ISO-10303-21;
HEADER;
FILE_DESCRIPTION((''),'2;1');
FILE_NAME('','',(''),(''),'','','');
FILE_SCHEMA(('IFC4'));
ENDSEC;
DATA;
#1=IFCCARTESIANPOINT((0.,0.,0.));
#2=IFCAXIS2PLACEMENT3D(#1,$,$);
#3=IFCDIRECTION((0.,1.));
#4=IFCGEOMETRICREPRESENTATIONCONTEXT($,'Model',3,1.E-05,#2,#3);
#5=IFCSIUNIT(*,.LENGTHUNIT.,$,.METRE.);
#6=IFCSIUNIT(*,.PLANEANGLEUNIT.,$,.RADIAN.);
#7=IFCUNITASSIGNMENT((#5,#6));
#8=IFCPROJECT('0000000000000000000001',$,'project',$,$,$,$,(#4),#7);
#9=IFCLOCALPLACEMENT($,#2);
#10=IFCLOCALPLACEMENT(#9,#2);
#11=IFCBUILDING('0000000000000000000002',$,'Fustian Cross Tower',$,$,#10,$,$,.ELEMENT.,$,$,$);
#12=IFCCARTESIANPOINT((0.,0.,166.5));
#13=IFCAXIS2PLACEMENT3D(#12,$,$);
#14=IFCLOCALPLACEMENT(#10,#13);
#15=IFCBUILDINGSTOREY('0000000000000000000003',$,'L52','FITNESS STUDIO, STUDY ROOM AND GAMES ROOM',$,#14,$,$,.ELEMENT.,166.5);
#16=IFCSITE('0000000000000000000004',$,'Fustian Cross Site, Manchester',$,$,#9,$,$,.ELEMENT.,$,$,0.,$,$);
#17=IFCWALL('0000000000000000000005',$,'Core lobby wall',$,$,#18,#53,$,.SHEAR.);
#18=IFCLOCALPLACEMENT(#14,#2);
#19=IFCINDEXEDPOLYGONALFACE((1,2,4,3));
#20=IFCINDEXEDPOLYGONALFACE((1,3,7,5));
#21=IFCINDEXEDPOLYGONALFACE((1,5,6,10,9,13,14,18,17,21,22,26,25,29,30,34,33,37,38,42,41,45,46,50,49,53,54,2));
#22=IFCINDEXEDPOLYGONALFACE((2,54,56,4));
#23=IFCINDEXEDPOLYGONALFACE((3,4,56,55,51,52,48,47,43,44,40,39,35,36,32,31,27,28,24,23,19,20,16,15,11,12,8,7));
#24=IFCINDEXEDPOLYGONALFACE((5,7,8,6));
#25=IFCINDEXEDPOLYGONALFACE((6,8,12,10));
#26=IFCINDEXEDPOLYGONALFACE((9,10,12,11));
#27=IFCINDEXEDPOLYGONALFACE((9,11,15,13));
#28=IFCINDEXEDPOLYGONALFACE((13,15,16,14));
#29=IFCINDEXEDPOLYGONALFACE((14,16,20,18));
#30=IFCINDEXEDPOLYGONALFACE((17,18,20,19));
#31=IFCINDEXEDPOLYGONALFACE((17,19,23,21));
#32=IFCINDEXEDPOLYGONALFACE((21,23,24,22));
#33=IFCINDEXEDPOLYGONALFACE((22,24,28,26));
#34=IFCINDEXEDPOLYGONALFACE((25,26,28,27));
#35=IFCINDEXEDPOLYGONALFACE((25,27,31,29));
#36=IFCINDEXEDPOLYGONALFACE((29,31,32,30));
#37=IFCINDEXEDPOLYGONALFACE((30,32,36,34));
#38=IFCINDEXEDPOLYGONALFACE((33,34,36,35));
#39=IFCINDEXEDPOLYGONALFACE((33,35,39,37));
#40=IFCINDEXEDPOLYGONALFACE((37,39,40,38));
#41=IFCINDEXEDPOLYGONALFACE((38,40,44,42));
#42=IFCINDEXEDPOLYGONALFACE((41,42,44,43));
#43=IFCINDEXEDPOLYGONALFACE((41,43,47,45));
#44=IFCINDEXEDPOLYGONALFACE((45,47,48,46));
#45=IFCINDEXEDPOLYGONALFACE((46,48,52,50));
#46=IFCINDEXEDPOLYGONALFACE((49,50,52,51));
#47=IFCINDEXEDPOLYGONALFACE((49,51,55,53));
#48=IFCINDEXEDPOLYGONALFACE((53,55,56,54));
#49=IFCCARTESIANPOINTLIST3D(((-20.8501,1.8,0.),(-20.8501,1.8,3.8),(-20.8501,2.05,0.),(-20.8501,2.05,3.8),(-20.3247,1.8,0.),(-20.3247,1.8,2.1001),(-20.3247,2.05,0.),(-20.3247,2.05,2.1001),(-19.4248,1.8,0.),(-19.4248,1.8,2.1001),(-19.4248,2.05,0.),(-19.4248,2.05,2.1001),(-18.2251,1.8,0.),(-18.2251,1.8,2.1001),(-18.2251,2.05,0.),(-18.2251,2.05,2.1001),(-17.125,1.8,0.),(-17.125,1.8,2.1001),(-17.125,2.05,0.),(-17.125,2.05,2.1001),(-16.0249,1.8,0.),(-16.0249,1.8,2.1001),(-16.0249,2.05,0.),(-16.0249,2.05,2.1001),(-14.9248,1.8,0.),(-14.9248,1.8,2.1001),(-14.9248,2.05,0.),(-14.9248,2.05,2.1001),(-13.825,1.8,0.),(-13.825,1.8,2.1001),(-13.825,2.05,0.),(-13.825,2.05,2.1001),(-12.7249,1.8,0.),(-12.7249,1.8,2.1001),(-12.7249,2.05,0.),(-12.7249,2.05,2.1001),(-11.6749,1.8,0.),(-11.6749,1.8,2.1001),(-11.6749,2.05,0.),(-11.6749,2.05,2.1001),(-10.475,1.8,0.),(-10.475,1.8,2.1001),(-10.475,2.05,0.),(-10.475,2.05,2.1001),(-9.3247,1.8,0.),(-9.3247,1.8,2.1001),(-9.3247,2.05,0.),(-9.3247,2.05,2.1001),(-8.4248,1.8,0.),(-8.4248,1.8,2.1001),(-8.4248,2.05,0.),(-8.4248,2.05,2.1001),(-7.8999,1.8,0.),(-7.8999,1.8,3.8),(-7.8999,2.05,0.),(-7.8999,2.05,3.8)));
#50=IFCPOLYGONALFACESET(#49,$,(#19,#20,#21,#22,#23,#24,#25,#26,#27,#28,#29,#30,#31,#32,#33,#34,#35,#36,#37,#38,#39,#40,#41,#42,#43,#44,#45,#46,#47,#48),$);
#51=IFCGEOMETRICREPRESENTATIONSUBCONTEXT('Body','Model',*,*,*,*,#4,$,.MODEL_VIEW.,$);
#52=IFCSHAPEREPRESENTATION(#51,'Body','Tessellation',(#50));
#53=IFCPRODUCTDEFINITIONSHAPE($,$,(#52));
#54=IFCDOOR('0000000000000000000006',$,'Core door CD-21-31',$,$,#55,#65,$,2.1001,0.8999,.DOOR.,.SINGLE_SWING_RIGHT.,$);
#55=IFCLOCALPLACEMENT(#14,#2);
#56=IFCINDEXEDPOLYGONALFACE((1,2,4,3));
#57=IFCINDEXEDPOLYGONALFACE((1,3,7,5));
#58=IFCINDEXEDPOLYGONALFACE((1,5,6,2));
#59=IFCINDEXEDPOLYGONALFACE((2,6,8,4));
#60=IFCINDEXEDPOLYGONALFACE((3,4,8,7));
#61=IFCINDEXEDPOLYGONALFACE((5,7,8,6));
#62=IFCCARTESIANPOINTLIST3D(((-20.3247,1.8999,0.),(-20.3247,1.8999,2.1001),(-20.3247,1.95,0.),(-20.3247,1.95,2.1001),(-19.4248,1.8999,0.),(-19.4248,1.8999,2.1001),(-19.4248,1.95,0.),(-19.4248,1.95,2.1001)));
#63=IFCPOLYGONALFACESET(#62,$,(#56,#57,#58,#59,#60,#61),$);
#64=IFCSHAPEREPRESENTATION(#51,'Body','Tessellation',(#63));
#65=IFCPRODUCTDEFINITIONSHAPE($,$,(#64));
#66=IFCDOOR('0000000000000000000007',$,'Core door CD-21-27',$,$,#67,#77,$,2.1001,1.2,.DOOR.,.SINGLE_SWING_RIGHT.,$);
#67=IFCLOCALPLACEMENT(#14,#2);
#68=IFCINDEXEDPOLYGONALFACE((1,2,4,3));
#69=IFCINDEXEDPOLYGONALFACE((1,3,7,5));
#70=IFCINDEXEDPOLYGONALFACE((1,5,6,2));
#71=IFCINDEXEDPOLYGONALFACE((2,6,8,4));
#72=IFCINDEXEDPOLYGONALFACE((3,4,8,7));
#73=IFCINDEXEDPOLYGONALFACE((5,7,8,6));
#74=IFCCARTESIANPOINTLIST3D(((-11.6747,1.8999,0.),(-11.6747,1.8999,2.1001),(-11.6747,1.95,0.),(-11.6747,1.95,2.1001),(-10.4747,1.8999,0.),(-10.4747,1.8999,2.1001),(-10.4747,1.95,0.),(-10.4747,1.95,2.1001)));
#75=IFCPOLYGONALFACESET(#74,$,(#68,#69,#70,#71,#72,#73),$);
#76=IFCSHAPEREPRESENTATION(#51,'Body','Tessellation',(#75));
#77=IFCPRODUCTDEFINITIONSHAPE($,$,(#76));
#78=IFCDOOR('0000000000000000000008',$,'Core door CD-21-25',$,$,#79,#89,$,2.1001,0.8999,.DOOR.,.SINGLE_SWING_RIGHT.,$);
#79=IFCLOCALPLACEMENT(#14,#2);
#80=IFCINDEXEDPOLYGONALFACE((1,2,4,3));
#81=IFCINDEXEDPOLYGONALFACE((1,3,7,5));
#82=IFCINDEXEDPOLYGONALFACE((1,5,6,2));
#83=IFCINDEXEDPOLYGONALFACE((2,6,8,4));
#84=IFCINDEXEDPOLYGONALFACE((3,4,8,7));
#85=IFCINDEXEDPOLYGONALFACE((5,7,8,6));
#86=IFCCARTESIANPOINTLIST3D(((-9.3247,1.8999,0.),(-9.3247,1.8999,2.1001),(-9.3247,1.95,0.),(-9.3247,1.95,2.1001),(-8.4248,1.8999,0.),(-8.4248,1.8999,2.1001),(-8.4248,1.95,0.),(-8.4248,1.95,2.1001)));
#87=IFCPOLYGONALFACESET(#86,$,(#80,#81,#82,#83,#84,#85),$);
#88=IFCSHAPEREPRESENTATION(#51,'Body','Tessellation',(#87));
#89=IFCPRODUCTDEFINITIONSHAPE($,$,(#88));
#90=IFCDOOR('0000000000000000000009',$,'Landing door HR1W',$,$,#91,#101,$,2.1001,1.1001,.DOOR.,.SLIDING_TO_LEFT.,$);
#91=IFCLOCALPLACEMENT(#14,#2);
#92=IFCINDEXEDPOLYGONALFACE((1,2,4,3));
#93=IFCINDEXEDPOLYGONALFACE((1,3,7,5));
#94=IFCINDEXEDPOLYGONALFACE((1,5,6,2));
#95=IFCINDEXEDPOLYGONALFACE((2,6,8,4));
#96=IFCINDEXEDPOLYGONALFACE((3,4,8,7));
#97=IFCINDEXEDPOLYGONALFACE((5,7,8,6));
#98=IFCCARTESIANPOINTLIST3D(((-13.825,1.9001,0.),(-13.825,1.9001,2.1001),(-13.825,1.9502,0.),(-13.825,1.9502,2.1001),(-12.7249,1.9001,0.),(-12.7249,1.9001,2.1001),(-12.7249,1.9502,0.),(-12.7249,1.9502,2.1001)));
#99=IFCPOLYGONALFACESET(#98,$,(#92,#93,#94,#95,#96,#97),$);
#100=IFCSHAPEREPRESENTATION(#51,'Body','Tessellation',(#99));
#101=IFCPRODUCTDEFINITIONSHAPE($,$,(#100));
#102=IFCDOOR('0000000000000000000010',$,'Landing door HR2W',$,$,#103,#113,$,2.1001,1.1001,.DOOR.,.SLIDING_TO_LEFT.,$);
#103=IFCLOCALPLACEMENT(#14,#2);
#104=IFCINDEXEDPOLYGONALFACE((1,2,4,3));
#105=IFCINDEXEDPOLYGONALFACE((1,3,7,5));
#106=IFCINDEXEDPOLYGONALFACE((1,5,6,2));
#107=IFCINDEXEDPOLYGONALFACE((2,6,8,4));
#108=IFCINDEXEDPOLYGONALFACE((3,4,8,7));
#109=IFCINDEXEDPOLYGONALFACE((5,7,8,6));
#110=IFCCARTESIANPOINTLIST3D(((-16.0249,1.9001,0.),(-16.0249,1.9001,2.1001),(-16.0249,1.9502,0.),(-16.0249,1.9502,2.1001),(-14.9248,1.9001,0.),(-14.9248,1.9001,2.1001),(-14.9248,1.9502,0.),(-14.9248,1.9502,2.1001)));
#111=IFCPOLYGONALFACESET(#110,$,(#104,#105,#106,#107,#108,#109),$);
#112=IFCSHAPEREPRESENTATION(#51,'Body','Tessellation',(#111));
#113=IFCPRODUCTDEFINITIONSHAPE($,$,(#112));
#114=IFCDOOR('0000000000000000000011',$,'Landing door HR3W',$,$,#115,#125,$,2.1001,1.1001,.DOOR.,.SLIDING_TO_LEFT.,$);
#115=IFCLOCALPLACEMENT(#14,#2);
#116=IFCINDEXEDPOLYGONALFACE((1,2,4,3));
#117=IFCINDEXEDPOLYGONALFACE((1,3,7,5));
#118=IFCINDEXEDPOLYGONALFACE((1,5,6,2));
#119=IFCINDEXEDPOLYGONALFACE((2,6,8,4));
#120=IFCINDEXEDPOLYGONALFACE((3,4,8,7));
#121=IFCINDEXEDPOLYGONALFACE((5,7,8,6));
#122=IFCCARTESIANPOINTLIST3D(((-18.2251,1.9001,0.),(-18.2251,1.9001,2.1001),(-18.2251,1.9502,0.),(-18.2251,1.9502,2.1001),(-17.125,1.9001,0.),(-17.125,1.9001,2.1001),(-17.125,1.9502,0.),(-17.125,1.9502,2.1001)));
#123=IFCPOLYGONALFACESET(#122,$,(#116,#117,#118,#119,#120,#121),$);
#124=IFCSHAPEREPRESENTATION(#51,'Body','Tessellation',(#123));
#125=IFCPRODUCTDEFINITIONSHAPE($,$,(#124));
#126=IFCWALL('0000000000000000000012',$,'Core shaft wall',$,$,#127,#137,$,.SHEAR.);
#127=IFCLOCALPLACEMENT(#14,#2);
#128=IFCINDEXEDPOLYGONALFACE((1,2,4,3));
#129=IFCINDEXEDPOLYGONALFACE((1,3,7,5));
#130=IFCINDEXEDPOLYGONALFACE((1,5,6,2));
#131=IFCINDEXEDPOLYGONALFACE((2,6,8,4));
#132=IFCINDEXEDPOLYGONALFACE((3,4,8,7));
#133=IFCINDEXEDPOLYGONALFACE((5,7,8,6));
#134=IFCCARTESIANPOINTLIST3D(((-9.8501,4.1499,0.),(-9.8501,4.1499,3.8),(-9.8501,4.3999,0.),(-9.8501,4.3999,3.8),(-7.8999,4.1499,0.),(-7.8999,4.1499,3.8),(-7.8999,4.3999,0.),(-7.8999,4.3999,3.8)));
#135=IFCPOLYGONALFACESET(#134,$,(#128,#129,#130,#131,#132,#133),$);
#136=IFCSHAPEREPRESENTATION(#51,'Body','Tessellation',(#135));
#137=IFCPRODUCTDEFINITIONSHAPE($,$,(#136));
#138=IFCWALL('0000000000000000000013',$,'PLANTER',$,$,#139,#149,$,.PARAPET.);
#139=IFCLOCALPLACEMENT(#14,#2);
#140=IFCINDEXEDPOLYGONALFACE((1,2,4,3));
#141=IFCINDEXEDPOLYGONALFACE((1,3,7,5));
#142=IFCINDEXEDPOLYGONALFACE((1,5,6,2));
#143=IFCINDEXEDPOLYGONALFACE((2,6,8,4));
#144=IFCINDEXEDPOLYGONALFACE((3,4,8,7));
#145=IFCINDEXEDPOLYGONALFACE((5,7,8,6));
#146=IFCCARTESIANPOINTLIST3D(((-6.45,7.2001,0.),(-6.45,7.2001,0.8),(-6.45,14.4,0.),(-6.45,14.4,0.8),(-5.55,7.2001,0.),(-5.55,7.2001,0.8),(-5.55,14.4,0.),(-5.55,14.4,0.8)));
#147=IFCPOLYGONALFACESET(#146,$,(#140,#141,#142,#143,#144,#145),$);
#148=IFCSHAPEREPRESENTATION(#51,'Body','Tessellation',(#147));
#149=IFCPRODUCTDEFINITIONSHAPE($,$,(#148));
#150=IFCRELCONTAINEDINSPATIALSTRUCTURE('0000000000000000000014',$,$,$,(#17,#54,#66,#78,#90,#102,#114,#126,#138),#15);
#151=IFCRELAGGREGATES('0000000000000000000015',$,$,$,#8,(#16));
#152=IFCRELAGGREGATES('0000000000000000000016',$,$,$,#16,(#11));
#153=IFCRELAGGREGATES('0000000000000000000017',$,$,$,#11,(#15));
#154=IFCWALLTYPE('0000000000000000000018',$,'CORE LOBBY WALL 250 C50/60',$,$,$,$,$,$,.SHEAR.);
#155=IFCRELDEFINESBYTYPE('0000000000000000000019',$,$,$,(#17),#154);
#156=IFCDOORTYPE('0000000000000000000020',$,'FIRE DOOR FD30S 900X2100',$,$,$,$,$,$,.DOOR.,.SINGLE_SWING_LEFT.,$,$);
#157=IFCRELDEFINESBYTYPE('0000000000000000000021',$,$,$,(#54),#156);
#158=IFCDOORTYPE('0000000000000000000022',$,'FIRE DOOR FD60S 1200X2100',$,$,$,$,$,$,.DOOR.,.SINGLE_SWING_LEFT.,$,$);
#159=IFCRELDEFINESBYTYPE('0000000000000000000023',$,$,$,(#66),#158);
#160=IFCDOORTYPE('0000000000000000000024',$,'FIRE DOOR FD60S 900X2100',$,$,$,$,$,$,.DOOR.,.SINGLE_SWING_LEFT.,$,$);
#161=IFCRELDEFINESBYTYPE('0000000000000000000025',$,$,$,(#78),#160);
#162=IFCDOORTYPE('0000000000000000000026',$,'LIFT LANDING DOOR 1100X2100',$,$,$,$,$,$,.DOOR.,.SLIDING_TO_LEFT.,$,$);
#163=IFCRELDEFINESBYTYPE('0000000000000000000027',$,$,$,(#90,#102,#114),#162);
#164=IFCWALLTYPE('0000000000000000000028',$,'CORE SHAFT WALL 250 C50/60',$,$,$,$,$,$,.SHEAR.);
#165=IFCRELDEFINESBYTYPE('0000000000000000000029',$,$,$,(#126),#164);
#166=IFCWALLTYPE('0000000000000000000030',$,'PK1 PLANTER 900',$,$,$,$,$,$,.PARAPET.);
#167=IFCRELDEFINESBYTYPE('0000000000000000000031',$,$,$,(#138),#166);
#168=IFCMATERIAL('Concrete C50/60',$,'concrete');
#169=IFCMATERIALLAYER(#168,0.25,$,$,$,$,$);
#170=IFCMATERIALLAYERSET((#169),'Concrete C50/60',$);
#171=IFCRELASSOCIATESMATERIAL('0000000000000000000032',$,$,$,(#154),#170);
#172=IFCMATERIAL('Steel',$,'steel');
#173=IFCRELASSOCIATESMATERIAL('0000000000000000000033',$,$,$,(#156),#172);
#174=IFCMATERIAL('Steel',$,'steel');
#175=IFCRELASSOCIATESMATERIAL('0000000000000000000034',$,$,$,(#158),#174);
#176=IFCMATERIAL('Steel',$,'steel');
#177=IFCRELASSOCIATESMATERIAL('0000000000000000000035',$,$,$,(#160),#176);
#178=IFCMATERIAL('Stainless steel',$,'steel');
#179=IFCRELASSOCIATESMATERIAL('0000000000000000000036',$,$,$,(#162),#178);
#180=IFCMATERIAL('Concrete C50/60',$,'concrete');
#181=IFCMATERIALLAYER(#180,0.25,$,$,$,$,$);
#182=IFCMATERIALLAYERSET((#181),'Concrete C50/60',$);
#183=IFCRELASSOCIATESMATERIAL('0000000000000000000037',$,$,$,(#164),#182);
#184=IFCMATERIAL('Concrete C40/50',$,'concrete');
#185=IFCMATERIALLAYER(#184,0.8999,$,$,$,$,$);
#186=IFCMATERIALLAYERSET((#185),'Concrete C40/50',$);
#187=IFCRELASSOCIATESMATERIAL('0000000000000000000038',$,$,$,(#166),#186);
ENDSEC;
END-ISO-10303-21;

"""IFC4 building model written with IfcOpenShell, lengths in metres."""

from ifc_helpers import new_model, si_unit, direction, frame, frame_2d, origin, place, context, subcontext, project, spatial, rectangle, extrude, material, layer, layer_set, type_object, element, fill, save


model = new_model("IFC4")

# Units and contexts
model_context = context("Model", 3, precision=1e-05, world=origin(), true_north=direction((0.0, 1.0)))
body_context = subcontext(model_context, "Body", "Model", "MODEL_VIEW")
ifc_project = project(units=[si_unit("LENGTHUNIT", "METRE"), si_unit("PLANEANGLEUNIT", "RADIAN")], contexts=[model_context])

# Site, building, storey
site_placement = place(None, origin())
site = spatial("IfcSite", under=ifc_project, at=site_placement, Name="Fustian Cross Site, Manchester", CompositionType="ELEMENT", RefElevation=0.0)
building_placement = place(site_placement, origin())
building = spatial("IfcBuilding", under=site, at=building_placement, Name="Fustian Cross Tower", CompositionType="ELEMENT")
storey_placement = place(building_placement, frame((0.0, 0.0, 166.5)))
storey = spatial("IfcBuildingStorey", under=building, at=storey_placement, Name="L52", Description="FITNESS STUDIO, STUDY ROOM AND GAMES ROOM", CompositionType="ELEMENT", Elevation=166.5)

# Wall, openings, doors
ifc_material_1 = material(Name="Concrete C50/60", Category="concrete")
ifc_layer_1 = layer(ifc_material_1, 0.25)
ifc_layer_set_1 = layer_set([ifc_layer_1], Name="Concrete C50/60")
wall_type_1 = type_object("IfcWallType", Name="CORE LOBBY WALL 250 C50/60", PredefinedType="SHEAR", material=ifc_layer_set_1)
wall_1_placement = place(storey_placement, frame((-7.8999, 1.925, 0.0), z_axis=(0.0, 0.0, 1.0), x_axis=(-1.0, 0.0, 0.0)))
wall_1 = element("IfcWall", 1, at=wall_1_placement, inside=storey, type_object=wall_type_1, Name="Core lobby wall", PredefinedType="SHEAR", context=body_context, shape_type="SweptSolid", body=[
    extrude(rectangle(XDim=12.9502, YDim=0.25, at=frame_2d((6.4751, 0.0))), origin(), (0.0, 0.0, 1.0), 3.8),
])
opening_1_placement = place(wall_1_placement, frame((4.825, 0.0, 0.0)))
opening_1 = element("IfcOpeningElement", 2, at=opening_1_placement, cuts=wall_1, PredefinedType="OPENING", context=body_context, shape_type="SweptSolid", body=[
    extrude(rectangle(XDim=1.1001, YDim=2.1001, at=frame_2d((0.55, 1.05))), frame((0.0, 0.135, 0.0), z_axis=(0.0, -1.0, 0.0), x_axis=(1.0, 0.0, 0.0)), (0.0, 0.0, 1.0), 0.27),
])
opening_2_placement = place(wall_1_placement, frame((7.0249, 0.0, 0.0)))
opening_2 = element("IfcOpeningElement", 3, at=opening_2_placement, cuts=wall_1, PredefinedType="OPENING", context=body_context, shape_type="SweptSolid", body=[
    extrude(rectangle(XDim=1.1001, YDim=2.1001, at=frame_2d((0.55, 1.05))), frame((0.0, 0.135, 0.0), z_axis=(0.0, -1.0, 0.0), x_axis=(1.0, 0.0, 0.0)), (0.0, 0.0, 1.0), 0.27),
])
opening_3_placement = place(wall_1_placement, frame((9.2251, 0.0, 0.0)))
opening_3 = element("IfcOpeningElement", 4, at=opening_3_placement, cuts=wall_1, PredefinedType="OPENING", context=body_context, shape_type="SweptSolid", body=[
    extrude(rectangle(XDim=1.1001, YDim=2.1001, at=frame_2d((0.55, 1.05))), frame((0.0, 0.135, 0.0), z_axis=(0.0, -1.0, 0.0), x_axis=(1.0, 0.0, 0.0)), (0.0, 0.0, 1.0), 0.27),
])
opening_4_placement = place(wall_1_placement, frame((0.5249, 0.0, 0.0)))
opening_4 = element("IfcOpeningElement", 5, at=opening_4_placement, cuts=wall_1, PredefinedType="OPENING", context=body_context, shape_type="SweptSolid", body=[
    extrude(rectangle(XDim=0.8999, YDim=2.1001, at=frame_2d((0.45, 1.05))), frame((0.0, 0.135, 0.0), z_axis=(0.0, -1.0, 0.0), x_axis=(1.0, 0.0, 0.0)), (0.0, 0.0, 1.0), 0.27),
])
opening_5_placement = place(wall_1_placement, frame((2.575, 0.0, 0.0)))
opening_5 = element("IfcOpeningElement", 6, at=opening_5_placement, cuts=wall_1, PredefinedType="OPENING", context=body_context, shape_type="SweptSolid", body=[
    extrude(rectangle(XDim=1.2, YDim=2.1001, at=frame_2d((0.6001, 1.05))), frame((0.0, 0.135, 0.0), z_axis=(0.0, -1.0, 0.0), x_axis=(1.0, 0.0, 0.0)), (0.0, 0.0, 1.0), 0.27),
])
opening_6_placement = place(wall_1_placement, frame((11.5249, 0.0, 0.0)))
opening_6 = element("IfcOpeningElement", 7, at=opening_6_placement, cuts=wall_1, PredefinedType="OPENING", context=body_context, shape_type="SweptSolid", body=[
    extrude(rectangle(XDim=0.8999, YDim=2.1001, at=frame_2d((0.45, 1.05))), frame((0.0, 0.135, 0.0), z_axis=(0.0, -1.0, 0.0), x_axis=(1.0, 0.0, 0.0)), (0.0, 0.0, 1.0), 0.27),
])
ifc_material_2 = material(Name="Steel", Category="steel")
door_type_1 = type_object("IfcDoorType", Name="FIRE DOOR FD30S 900X2100", OperationType="SINGLE_SWING_LEFT", PredefinedType="DOOR", material=ifc_material_2)
door_1_placement = place(opening_6_placement, frame((0.8999, 0.0, 0.0), z_axis=(0.0, 0.0, 1.0), x_axis=(-1.0, 0.0, 0.0)))
door_1 = element("IfcDoor", 8, at=door_1_placement, inside=storey, type_object=door_type_1, Name="Core door CD-21-31", OperationType="SINGLE_SWING_RIGHT", OverallHeight=2.1001, OverallWidth=0.8999, PredefinedType="DOOR", context=body_context, shape_type="SweptSolid", body=[
    extrude(rectangle(XDim=0.8999, YDim=2.1001, at=frame_2d((0.45, 1.05))), frame((0.0, 0.0249, 0.0), z_axis=(0.0, -1.0, 0.0), x_axis=(1.0, 0.0, 0.0)), (0.0, 0.0, 1.0), 0.05),
])
fill(opening_6, door_1)
ifc_material_3 = material(Name="Steel", Category="steel")
door_type_2 = type_object("IfcDoorType", Name="FIRE DOOR FD60S 1200X2100", OperationType="SINGLE_SWING_LEFT", PredefinedType="DOOR", material=ifc_material_3)
door_2_placement = place(opening_5_placement, frame((1.2, 0.0, 0.0), z_axis=(0.0, 0.0, 1.0), x_axis=(-1.0, 0.0, 0.0)))
door_2 = element("IfcDoor", 9, at=door_2_placement, inside=storey, type_object=door_type_2, Name="Core door CD-21-27", OperationType="SINGLE_SWING_RIGHT", OverallHeight=2.1001, OverallWidth=1.2, PredefinedType="DOOR", context=body_context, shape_type="SweptSolid", body=[
    extrude(rectangle(XDim=1.2, YDim=2.1001, at=frame_2d((0.6001, 1.05))), frame((0.0, 0.0249, 0.0), z_axis=(0.0, -1.0, 0.0), x_axis=(1.0, 0.0, 0.0)), (0.0, 0.0, 1.0), 0.05),
])
fill(opening_5, door_2)
ifc_material_4 = material(Name="Steel", Category="steel")
door_type_3 = type_object("IfcDoorType", Name="FIRE DOOR FD60S 900X2100", OperationType="SINGLE_SWING_LEFT", PredefinedType="DOOR", material=ifc_material_4)
door_3_placement = place(opening_4_placement, frame((0.8999, 0.0, 0.0), z_axis=(0.0, 0.0, 1.0), x_axis=(-1.0, 0.0, 0.0)))
door_3 = element("IfcDoor", 10, at=door_3_placement, inside=storey, type_object=door_type_3, Name="Core door CD-21-25", OperationType="SINGLE_SWING_RIGHT", OverallHeight=2.1001, OverallWidth=0.8999, PredefinedType="DOOR", context=body_context, shape_type="SweptSolid", body=[
    extrude(rectangle(XDim=0.8999, YDim=2.1001, at=frame_2d((0.45, 1.05))), frame((0.0, 0.0249, 0.0), z_axis=(0.0, -1.0, 0.0), x_axis=(1.0, 0.0, 0.0)), (0.0, 0.0, 1.0), 0.05),
])
fill(opening_4, door_3)
ifc_material_5 = material(Name="Stainless steel", Category="steel")
door_type_4 = type_object("IfcDoorType", Name="LIFT LANDING DOOR 1100X2100", OperationType="SLIDING_TO_LEFT", PredefinedType="DOOR", material=ifc_material_5)
door_4_placement = place(opening_1_placement, origin())
door_4 = element("IfcDoor", 11, at=door_4_placement, inside=storey, type_object=door_type_4, Name="Landing door HR1W", OperationType="SLIDING_TO_LEFT", OverallHeight=2.1001, OverallWidth=1.1001, PredefinedType="DOOR", context=body_context, shape_type="SweptSolid", body=[
    extrude(rectangle(XDim=1.1001, YDim=2.1001, at=frame_2d((0.55, 1.05))), frame((0.0, 0.0249, 0.0), z_axis=(0.0, -1.0, 0.0), x_axis=(1.0, 0.0, 0.0)), (0.0, 0.0, 1.0), 0.05),
])
fill(opening_1, door_4)
door_5_placement = place(opening_2_placement, origin())
door_5 = element("IfcDoor", 12, at=door_5_placement, inside=storey, type_object=door_type_4, Name="Landing door HR2W", OperationType="SLIDING_TO_LEFT", OverallHeight=2.1001, OverallWidth=1.1001, PredefinedType="DOOR", context=body_context, shape_type="SweptSolid", body=[
    extrude(rectangle(XDim=1.1001, YDim=2.1001, at=frame_2d((0.55, 1.05))), frame((0.0, 0.0249, 0.0), z_axis=(0.0, -1.0, 0.0), x_axis=(1.0, 0.0, 0.0)), (0.0, 0.0, 1.0), 0.05),
])
fill(opening_2, door_5)
door_6_placement = place(opening_3_placement, origin())
door_6 = element("IfcDoor", 13, at=door_6_placement, inside=storey, type_object=door_type_4, Name="Landing door HR3W", OperationType="SLIDING_TO_LEFT", OverallHeight=2.1001, OverallWidth=1.1001, PredefinedType="DOOR", context=body_context, shape_type="SweptSolid", body=[
    extrude(rectangle(XDim=1.1001, YDim=2.1001, at=frame_2d((0.55, 1.05))), frame((0.0, 0.0249, 0.0), z_axis=(0.0, -1.0, 0.0), x_axis=(1.0, 0.0, 0.0)), (0.0, 0.0, 1.0), 0.05),
])
fill(opening_3, door_6)

# Walls
ifc_material_6 = material(Name="Concrete C50/60", Category="concrete")
ifc_layer_2 = layer(ifc_material_6, 0.25)
ifc_layer_set_2 = layer_set([ifc_layer_2], Name="Concrete C50/60")
wall_type_2 = type_object("IfcWallType", Name="CORE SHAFT WALL 250 C50/60", PredefinedType="SHEAR", material=ifc_layer_set_2)
wall_2_placement = place(storey_placement, frame((-7.8999, 4.2749, 0.0), z_axis=(0.0, 0.0, 1.0), x_axis=(-1.0, 0.0, 0.0)))
element("IfcWall", 14, at=wall_2_placement, inside=storey, type_object=wall_type_2, Name="Core shaft wall", PredefinedType="SHEAR", context=body_context, shape_type="SweptSolid", body=[
    extrude(rectangle(XDim=1.9502, YDim=0.25, at=frame_2d((0.9751, 0.0))), origin(), (0.0, 0.0, 1.0), 3.8),
])
ifc_material_7 = material(Name="Concrete C40/50", Category="concrete")
ifc_layer_3 = layer(ifc_material_7, 0.8999)
ifc_layer_set_3 = layer_set([ifc_layer_3], Name="Concrete C40/50")
wall_type_3 = type_object("IfcWallType", Name="PK1 PLANTER 900", PredefinedType="PARAPET", material=ifc_layer_set_3)
wall_3_placement = place(storey_placement, frame((-6.0, 7.2, 0.0), z_axis=(0.0, 0.0, 1.0), x_axis=(0.0, 1.0, 0.0)))
element("IfcWall", 15, at=wall_3_placement, inside=storey, type_object=wall_type_3, Name="PLANTER", PredefinedType="PARAPET", context=body_context, shape_type="SweptSolid", body=[
    extrude(rectangle(XDim=7.2, YDim=0.8999, at=frame_2d((3.6001, 0.0))), origin(), (0.0, 0.0, 1.0), 0.8),
])

save(model, "model.ifc")
